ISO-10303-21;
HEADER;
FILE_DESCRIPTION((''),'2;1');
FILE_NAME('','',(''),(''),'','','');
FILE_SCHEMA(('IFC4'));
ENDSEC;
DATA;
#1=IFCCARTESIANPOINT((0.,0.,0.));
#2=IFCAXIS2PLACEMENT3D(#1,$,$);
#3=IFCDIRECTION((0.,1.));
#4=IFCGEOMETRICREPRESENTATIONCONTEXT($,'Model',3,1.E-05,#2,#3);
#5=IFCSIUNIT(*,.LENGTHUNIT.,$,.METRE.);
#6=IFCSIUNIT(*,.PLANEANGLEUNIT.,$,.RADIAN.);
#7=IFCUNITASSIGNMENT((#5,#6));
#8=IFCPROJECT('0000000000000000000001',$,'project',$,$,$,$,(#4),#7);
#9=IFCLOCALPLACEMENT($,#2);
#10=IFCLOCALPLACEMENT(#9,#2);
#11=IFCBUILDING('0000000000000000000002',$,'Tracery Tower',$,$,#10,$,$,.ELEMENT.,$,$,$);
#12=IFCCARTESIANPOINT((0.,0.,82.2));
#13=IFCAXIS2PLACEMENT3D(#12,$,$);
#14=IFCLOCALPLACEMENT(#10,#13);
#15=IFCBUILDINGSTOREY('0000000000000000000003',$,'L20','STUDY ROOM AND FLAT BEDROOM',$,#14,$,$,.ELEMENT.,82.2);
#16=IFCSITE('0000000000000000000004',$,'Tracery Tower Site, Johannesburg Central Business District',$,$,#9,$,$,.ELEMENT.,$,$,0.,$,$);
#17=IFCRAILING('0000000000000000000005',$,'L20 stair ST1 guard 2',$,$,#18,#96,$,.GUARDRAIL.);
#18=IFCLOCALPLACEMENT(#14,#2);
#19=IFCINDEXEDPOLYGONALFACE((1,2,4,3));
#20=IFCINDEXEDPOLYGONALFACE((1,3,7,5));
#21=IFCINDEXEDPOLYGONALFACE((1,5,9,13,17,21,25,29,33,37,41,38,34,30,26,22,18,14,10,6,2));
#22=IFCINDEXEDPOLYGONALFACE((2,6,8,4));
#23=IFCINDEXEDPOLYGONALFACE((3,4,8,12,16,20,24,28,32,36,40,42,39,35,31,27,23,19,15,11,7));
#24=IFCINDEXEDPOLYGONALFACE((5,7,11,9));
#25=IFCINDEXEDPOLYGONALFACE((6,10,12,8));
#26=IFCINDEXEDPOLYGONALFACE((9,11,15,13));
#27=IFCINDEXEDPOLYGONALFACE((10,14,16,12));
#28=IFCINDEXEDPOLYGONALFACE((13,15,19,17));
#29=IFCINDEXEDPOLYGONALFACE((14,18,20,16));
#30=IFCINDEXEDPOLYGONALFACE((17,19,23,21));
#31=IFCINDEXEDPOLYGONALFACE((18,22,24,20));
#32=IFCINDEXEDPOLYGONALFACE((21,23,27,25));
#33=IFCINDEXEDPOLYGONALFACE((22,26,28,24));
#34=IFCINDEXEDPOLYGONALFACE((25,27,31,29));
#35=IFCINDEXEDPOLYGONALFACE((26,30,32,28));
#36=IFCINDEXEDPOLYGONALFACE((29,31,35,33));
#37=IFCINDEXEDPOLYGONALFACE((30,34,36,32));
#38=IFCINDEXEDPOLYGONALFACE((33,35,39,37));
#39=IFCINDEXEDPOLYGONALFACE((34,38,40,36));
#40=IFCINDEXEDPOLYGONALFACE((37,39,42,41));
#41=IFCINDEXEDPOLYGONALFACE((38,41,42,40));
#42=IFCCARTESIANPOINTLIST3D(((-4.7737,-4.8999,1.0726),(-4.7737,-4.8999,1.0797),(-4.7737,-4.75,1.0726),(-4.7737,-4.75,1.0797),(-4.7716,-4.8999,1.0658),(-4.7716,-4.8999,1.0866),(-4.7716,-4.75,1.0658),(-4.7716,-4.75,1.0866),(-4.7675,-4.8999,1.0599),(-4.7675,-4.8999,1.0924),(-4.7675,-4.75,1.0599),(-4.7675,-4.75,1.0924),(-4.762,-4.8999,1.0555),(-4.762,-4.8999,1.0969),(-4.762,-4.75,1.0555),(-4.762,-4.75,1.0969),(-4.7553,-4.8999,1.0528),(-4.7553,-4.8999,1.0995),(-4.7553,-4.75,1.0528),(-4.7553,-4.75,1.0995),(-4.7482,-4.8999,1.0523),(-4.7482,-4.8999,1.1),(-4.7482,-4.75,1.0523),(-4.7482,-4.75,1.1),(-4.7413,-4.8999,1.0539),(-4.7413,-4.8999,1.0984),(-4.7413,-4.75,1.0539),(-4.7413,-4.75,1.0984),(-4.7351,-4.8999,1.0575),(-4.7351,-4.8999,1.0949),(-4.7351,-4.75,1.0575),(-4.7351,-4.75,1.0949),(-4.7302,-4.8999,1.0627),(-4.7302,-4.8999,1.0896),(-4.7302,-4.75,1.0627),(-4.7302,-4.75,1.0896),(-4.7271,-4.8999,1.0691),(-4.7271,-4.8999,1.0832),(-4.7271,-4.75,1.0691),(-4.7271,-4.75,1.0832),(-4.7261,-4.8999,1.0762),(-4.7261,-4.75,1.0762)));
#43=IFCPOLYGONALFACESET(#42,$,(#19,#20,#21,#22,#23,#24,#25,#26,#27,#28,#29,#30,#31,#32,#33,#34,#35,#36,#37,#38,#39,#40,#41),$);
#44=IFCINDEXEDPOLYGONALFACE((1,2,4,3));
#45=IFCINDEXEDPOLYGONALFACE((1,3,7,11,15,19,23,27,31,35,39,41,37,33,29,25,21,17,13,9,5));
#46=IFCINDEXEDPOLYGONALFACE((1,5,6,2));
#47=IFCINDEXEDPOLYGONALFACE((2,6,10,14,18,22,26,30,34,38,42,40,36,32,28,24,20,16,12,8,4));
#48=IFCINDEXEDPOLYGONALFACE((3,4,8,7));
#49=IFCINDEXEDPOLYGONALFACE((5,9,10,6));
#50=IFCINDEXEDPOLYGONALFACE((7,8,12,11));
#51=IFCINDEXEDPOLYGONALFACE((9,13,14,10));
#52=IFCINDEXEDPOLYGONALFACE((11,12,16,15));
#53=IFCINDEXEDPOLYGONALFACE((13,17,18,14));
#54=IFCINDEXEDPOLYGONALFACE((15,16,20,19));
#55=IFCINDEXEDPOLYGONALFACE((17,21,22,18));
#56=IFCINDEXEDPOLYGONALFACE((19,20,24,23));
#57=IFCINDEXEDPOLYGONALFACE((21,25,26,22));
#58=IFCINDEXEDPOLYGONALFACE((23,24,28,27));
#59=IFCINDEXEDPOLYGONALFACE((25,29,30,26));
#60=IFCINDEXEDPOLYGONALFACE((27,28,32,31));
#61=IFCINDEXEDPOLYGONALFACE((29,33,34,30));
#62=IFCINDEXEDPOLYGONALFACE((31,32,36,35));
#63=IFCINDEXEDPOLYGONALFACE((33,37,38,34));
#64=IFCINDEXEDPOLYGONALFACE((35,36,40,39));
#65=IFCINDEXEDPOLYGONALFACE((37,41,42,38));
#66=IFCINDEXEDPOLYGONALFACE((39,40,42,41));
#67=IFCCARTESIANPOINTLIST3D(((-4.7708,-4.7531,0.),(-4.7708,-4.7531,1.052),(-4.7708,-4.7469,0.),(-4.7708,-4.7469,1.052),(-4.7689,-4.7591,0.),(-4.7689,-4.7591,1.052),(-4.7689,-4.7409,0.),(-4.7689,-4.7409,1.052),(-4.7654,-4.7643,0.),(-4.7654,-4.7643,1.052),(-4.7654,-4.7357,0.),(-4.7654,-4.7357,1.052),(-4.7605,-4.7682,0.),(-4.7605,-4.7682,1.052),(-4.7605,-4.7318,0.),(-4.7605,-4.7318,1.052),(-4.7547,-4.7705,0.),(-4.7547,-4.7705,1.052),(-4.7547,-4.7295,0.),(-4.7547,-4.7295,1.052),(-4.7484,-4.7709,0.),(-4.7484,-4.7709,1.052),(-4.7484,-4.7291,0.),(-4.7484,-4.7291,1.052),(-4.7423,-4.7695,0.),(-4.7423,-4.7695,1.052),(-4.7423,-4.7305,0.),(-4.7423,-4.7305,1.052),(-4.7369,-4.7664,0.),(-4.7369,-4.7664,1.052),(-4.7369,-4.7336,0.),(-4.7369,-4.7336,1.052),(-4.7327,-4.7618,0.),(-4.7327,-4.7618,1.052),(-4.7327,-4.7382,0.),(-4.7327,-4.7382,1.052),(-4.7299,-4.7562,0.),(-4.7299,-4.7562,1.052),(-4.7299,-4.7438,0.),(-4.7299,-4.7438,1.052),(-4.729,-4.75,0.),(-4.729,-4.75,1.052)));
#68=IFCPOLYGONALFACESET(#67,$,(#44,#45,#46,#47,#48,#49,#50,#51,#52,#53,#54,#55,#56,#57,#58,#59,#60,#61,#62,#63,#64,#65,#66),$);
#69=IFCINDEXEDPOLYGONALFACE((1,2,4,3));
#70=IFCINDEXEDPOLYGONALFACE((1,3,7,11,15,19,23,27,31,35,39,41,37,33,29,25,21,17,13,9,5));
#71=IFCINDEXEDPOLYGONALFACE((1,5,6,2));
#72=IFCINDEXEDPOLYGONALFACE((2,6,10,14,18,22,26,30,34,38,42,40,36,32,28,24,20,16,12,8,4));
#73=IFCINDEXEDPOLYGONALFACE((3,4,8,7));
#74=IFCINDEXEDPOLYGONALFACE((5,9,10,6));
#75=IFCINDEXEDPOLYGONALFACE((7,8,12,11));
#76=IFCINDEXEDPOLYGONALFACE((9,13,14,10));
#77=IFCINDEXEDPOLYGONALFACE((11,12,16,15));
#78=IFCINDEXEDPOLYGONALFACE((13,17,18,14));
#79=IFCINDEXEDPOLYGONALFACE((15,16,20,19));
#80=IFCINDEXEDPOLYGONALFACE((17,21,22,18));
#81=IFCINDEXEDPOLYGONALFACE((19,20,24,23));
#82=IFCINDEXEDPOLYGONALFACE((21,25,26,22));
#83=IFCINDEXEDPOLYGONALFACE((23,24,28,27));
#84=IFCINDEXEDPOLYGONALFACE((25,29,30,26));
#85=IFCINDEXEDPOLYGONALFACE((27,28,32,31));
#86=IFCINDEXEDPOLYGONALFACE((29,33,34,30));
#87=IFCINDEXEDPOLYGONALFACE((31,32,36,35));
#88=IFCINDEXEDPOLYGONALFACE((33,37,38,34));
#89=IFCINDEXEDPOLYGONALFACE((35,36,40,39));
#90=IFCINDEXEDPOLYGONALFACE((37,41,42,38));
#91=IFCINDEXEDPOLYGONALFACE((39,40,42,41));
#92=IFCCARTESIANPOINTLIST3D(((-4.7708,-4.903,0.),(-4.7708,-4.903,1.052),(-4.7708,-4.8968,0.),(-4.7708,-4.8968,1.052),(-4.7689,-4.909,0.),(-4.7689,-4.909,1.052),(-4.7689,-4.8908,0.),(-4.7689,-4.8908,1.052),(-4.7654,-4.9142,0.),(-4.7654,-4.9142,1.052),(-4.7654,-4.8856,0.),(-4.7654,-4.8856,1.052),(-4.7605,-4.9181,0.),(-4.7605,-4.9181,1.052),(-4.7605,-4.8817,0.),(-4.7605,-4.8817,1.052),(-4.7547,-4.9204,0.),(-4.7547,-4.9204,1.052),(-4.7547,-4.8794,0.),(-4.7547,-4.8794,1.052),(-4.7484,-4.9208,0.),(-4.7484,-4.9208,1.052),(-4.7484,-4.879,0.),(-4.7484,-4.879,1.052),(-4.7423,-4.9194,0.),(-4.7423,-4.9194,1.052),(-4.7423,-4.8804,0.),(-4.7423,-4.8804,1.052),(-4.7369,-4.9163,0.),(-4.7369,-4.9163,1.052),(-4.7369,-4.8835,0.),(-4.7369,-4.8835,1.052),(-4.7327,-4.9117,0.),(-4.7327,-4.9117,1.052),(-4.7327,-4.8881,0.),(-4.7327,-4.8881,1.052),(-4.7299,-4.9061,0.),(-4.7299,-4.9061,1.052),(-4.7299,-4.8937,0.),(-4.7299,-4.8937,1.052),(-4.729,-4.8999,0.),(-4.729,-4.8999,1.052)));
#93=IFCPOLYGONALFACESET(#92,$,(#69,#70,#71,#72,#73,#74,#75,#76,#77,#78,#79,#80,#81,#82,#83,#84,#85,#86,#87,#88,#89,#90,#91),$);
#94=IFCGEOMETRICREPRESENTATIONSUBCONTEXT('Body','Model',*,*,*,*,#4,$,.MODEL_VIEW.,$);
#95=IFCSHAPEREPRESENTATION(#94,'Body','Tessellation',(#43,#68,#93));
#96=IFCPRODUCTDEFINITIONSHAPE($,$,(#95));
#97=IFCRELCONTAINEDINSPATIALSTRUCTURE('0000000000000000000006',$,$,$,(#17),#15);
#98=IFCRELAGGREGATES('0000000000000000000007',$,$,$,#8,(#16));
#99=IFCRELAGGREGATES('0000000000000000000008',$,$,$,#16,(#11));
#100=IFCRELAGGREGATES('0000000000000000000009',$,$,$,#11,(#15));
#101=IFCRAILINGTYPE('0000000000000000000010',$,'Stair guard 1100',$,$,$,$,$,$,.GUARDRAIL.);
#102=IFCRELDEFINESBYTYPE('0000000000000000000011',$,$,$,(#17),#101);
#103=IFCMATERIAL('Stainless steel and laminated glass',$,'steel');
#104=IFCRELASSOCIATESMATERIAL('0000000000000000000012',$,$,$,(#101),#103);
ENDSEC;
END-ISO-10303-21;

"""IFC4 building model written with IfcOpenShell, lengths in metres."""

from ifc_helpers import new_model, si_unit, direction, frame, origin, origin_2d, place, context, subcontext, project, spatial, circle, extrude, material, type_object, element, save


model = new_model("IFC4")

# Units and contexts
model_context = context("Model", 3, precision=1e-05, world=origin(), true_north=direction((0.0, 1.0)))
body_context = subcontext(model_context, "Body", "Model", "MODEL_VIEW")
ifc_project = project(units=[si_unit("LENGTHUNIT", "METRE"), si_unit("PLANEANGLEUNIT", "RADIAN")], contexts=[model_context])

# Site, building, storey
site_placement = place(None, origin())
site = spatial("IfcSite", under=ifc_project, at=site_placement, Name="Tracery Tower Site, Johannesburg Central Business District", CompositionType="ELEMENT", RefElevation=0.0)
building_placement = place(site_placement, origin())
building = spatial("IfcBuilding", under=site, at=building_placement, Name="Tracery Tower", CompositionType="ELEMENT")
storey_placement = place(building_placement, frame((0.0, 0.0, 82.2)))
storey = spatial("IfcBuildingStorey", under=building, at=storey_placement, Name="L20", Description="STUDY ROOM AND FLAT BEDROOM", CompositionType="ELEMENT", Elevation=82.2)

# Railing
ifc_material_1 = material(Name="Stainless steel and laminated glass", Category="steel")
railing_type_1 = type_object("IfcRailingType", Name="Stair guard 1100", PredefinedType="GUARDRAIL", material=ifc_material_1)
railing_1_placement = place(storey_placement, frame((-4.75, -4.75, 0.0)))
element("IfcRailing", 1, at=railing_1_placement, inside=storey, type_object=railing_type_1, Name="L20 stair ST1 guard 2", PredefinedType="GUARDRAIL", context=body_context, shape_type="SweptSolid", body=[
    extrude(circle(Radius=0.0239, at=origin_2d()), frame((0.0, 0.0, 1.0762), z_axis=(0.0, -1.0, 0.0), x_axis=(1.0, 0.0, 0.0)), (0.0, 0.0, 1.0), 0.1499),
    extrude(circle(Radius=0.021, at=origin_2d()), origin(), (0.0, 0.0, 1.0), 1.052),
    extrude(circle(Radius=0.021, at=origin_2d()), frame((0.0, -0.1499, 0.0)), (0.0, 0.0, 1.0), 1.052),
])

save(model, "model.ifc")
